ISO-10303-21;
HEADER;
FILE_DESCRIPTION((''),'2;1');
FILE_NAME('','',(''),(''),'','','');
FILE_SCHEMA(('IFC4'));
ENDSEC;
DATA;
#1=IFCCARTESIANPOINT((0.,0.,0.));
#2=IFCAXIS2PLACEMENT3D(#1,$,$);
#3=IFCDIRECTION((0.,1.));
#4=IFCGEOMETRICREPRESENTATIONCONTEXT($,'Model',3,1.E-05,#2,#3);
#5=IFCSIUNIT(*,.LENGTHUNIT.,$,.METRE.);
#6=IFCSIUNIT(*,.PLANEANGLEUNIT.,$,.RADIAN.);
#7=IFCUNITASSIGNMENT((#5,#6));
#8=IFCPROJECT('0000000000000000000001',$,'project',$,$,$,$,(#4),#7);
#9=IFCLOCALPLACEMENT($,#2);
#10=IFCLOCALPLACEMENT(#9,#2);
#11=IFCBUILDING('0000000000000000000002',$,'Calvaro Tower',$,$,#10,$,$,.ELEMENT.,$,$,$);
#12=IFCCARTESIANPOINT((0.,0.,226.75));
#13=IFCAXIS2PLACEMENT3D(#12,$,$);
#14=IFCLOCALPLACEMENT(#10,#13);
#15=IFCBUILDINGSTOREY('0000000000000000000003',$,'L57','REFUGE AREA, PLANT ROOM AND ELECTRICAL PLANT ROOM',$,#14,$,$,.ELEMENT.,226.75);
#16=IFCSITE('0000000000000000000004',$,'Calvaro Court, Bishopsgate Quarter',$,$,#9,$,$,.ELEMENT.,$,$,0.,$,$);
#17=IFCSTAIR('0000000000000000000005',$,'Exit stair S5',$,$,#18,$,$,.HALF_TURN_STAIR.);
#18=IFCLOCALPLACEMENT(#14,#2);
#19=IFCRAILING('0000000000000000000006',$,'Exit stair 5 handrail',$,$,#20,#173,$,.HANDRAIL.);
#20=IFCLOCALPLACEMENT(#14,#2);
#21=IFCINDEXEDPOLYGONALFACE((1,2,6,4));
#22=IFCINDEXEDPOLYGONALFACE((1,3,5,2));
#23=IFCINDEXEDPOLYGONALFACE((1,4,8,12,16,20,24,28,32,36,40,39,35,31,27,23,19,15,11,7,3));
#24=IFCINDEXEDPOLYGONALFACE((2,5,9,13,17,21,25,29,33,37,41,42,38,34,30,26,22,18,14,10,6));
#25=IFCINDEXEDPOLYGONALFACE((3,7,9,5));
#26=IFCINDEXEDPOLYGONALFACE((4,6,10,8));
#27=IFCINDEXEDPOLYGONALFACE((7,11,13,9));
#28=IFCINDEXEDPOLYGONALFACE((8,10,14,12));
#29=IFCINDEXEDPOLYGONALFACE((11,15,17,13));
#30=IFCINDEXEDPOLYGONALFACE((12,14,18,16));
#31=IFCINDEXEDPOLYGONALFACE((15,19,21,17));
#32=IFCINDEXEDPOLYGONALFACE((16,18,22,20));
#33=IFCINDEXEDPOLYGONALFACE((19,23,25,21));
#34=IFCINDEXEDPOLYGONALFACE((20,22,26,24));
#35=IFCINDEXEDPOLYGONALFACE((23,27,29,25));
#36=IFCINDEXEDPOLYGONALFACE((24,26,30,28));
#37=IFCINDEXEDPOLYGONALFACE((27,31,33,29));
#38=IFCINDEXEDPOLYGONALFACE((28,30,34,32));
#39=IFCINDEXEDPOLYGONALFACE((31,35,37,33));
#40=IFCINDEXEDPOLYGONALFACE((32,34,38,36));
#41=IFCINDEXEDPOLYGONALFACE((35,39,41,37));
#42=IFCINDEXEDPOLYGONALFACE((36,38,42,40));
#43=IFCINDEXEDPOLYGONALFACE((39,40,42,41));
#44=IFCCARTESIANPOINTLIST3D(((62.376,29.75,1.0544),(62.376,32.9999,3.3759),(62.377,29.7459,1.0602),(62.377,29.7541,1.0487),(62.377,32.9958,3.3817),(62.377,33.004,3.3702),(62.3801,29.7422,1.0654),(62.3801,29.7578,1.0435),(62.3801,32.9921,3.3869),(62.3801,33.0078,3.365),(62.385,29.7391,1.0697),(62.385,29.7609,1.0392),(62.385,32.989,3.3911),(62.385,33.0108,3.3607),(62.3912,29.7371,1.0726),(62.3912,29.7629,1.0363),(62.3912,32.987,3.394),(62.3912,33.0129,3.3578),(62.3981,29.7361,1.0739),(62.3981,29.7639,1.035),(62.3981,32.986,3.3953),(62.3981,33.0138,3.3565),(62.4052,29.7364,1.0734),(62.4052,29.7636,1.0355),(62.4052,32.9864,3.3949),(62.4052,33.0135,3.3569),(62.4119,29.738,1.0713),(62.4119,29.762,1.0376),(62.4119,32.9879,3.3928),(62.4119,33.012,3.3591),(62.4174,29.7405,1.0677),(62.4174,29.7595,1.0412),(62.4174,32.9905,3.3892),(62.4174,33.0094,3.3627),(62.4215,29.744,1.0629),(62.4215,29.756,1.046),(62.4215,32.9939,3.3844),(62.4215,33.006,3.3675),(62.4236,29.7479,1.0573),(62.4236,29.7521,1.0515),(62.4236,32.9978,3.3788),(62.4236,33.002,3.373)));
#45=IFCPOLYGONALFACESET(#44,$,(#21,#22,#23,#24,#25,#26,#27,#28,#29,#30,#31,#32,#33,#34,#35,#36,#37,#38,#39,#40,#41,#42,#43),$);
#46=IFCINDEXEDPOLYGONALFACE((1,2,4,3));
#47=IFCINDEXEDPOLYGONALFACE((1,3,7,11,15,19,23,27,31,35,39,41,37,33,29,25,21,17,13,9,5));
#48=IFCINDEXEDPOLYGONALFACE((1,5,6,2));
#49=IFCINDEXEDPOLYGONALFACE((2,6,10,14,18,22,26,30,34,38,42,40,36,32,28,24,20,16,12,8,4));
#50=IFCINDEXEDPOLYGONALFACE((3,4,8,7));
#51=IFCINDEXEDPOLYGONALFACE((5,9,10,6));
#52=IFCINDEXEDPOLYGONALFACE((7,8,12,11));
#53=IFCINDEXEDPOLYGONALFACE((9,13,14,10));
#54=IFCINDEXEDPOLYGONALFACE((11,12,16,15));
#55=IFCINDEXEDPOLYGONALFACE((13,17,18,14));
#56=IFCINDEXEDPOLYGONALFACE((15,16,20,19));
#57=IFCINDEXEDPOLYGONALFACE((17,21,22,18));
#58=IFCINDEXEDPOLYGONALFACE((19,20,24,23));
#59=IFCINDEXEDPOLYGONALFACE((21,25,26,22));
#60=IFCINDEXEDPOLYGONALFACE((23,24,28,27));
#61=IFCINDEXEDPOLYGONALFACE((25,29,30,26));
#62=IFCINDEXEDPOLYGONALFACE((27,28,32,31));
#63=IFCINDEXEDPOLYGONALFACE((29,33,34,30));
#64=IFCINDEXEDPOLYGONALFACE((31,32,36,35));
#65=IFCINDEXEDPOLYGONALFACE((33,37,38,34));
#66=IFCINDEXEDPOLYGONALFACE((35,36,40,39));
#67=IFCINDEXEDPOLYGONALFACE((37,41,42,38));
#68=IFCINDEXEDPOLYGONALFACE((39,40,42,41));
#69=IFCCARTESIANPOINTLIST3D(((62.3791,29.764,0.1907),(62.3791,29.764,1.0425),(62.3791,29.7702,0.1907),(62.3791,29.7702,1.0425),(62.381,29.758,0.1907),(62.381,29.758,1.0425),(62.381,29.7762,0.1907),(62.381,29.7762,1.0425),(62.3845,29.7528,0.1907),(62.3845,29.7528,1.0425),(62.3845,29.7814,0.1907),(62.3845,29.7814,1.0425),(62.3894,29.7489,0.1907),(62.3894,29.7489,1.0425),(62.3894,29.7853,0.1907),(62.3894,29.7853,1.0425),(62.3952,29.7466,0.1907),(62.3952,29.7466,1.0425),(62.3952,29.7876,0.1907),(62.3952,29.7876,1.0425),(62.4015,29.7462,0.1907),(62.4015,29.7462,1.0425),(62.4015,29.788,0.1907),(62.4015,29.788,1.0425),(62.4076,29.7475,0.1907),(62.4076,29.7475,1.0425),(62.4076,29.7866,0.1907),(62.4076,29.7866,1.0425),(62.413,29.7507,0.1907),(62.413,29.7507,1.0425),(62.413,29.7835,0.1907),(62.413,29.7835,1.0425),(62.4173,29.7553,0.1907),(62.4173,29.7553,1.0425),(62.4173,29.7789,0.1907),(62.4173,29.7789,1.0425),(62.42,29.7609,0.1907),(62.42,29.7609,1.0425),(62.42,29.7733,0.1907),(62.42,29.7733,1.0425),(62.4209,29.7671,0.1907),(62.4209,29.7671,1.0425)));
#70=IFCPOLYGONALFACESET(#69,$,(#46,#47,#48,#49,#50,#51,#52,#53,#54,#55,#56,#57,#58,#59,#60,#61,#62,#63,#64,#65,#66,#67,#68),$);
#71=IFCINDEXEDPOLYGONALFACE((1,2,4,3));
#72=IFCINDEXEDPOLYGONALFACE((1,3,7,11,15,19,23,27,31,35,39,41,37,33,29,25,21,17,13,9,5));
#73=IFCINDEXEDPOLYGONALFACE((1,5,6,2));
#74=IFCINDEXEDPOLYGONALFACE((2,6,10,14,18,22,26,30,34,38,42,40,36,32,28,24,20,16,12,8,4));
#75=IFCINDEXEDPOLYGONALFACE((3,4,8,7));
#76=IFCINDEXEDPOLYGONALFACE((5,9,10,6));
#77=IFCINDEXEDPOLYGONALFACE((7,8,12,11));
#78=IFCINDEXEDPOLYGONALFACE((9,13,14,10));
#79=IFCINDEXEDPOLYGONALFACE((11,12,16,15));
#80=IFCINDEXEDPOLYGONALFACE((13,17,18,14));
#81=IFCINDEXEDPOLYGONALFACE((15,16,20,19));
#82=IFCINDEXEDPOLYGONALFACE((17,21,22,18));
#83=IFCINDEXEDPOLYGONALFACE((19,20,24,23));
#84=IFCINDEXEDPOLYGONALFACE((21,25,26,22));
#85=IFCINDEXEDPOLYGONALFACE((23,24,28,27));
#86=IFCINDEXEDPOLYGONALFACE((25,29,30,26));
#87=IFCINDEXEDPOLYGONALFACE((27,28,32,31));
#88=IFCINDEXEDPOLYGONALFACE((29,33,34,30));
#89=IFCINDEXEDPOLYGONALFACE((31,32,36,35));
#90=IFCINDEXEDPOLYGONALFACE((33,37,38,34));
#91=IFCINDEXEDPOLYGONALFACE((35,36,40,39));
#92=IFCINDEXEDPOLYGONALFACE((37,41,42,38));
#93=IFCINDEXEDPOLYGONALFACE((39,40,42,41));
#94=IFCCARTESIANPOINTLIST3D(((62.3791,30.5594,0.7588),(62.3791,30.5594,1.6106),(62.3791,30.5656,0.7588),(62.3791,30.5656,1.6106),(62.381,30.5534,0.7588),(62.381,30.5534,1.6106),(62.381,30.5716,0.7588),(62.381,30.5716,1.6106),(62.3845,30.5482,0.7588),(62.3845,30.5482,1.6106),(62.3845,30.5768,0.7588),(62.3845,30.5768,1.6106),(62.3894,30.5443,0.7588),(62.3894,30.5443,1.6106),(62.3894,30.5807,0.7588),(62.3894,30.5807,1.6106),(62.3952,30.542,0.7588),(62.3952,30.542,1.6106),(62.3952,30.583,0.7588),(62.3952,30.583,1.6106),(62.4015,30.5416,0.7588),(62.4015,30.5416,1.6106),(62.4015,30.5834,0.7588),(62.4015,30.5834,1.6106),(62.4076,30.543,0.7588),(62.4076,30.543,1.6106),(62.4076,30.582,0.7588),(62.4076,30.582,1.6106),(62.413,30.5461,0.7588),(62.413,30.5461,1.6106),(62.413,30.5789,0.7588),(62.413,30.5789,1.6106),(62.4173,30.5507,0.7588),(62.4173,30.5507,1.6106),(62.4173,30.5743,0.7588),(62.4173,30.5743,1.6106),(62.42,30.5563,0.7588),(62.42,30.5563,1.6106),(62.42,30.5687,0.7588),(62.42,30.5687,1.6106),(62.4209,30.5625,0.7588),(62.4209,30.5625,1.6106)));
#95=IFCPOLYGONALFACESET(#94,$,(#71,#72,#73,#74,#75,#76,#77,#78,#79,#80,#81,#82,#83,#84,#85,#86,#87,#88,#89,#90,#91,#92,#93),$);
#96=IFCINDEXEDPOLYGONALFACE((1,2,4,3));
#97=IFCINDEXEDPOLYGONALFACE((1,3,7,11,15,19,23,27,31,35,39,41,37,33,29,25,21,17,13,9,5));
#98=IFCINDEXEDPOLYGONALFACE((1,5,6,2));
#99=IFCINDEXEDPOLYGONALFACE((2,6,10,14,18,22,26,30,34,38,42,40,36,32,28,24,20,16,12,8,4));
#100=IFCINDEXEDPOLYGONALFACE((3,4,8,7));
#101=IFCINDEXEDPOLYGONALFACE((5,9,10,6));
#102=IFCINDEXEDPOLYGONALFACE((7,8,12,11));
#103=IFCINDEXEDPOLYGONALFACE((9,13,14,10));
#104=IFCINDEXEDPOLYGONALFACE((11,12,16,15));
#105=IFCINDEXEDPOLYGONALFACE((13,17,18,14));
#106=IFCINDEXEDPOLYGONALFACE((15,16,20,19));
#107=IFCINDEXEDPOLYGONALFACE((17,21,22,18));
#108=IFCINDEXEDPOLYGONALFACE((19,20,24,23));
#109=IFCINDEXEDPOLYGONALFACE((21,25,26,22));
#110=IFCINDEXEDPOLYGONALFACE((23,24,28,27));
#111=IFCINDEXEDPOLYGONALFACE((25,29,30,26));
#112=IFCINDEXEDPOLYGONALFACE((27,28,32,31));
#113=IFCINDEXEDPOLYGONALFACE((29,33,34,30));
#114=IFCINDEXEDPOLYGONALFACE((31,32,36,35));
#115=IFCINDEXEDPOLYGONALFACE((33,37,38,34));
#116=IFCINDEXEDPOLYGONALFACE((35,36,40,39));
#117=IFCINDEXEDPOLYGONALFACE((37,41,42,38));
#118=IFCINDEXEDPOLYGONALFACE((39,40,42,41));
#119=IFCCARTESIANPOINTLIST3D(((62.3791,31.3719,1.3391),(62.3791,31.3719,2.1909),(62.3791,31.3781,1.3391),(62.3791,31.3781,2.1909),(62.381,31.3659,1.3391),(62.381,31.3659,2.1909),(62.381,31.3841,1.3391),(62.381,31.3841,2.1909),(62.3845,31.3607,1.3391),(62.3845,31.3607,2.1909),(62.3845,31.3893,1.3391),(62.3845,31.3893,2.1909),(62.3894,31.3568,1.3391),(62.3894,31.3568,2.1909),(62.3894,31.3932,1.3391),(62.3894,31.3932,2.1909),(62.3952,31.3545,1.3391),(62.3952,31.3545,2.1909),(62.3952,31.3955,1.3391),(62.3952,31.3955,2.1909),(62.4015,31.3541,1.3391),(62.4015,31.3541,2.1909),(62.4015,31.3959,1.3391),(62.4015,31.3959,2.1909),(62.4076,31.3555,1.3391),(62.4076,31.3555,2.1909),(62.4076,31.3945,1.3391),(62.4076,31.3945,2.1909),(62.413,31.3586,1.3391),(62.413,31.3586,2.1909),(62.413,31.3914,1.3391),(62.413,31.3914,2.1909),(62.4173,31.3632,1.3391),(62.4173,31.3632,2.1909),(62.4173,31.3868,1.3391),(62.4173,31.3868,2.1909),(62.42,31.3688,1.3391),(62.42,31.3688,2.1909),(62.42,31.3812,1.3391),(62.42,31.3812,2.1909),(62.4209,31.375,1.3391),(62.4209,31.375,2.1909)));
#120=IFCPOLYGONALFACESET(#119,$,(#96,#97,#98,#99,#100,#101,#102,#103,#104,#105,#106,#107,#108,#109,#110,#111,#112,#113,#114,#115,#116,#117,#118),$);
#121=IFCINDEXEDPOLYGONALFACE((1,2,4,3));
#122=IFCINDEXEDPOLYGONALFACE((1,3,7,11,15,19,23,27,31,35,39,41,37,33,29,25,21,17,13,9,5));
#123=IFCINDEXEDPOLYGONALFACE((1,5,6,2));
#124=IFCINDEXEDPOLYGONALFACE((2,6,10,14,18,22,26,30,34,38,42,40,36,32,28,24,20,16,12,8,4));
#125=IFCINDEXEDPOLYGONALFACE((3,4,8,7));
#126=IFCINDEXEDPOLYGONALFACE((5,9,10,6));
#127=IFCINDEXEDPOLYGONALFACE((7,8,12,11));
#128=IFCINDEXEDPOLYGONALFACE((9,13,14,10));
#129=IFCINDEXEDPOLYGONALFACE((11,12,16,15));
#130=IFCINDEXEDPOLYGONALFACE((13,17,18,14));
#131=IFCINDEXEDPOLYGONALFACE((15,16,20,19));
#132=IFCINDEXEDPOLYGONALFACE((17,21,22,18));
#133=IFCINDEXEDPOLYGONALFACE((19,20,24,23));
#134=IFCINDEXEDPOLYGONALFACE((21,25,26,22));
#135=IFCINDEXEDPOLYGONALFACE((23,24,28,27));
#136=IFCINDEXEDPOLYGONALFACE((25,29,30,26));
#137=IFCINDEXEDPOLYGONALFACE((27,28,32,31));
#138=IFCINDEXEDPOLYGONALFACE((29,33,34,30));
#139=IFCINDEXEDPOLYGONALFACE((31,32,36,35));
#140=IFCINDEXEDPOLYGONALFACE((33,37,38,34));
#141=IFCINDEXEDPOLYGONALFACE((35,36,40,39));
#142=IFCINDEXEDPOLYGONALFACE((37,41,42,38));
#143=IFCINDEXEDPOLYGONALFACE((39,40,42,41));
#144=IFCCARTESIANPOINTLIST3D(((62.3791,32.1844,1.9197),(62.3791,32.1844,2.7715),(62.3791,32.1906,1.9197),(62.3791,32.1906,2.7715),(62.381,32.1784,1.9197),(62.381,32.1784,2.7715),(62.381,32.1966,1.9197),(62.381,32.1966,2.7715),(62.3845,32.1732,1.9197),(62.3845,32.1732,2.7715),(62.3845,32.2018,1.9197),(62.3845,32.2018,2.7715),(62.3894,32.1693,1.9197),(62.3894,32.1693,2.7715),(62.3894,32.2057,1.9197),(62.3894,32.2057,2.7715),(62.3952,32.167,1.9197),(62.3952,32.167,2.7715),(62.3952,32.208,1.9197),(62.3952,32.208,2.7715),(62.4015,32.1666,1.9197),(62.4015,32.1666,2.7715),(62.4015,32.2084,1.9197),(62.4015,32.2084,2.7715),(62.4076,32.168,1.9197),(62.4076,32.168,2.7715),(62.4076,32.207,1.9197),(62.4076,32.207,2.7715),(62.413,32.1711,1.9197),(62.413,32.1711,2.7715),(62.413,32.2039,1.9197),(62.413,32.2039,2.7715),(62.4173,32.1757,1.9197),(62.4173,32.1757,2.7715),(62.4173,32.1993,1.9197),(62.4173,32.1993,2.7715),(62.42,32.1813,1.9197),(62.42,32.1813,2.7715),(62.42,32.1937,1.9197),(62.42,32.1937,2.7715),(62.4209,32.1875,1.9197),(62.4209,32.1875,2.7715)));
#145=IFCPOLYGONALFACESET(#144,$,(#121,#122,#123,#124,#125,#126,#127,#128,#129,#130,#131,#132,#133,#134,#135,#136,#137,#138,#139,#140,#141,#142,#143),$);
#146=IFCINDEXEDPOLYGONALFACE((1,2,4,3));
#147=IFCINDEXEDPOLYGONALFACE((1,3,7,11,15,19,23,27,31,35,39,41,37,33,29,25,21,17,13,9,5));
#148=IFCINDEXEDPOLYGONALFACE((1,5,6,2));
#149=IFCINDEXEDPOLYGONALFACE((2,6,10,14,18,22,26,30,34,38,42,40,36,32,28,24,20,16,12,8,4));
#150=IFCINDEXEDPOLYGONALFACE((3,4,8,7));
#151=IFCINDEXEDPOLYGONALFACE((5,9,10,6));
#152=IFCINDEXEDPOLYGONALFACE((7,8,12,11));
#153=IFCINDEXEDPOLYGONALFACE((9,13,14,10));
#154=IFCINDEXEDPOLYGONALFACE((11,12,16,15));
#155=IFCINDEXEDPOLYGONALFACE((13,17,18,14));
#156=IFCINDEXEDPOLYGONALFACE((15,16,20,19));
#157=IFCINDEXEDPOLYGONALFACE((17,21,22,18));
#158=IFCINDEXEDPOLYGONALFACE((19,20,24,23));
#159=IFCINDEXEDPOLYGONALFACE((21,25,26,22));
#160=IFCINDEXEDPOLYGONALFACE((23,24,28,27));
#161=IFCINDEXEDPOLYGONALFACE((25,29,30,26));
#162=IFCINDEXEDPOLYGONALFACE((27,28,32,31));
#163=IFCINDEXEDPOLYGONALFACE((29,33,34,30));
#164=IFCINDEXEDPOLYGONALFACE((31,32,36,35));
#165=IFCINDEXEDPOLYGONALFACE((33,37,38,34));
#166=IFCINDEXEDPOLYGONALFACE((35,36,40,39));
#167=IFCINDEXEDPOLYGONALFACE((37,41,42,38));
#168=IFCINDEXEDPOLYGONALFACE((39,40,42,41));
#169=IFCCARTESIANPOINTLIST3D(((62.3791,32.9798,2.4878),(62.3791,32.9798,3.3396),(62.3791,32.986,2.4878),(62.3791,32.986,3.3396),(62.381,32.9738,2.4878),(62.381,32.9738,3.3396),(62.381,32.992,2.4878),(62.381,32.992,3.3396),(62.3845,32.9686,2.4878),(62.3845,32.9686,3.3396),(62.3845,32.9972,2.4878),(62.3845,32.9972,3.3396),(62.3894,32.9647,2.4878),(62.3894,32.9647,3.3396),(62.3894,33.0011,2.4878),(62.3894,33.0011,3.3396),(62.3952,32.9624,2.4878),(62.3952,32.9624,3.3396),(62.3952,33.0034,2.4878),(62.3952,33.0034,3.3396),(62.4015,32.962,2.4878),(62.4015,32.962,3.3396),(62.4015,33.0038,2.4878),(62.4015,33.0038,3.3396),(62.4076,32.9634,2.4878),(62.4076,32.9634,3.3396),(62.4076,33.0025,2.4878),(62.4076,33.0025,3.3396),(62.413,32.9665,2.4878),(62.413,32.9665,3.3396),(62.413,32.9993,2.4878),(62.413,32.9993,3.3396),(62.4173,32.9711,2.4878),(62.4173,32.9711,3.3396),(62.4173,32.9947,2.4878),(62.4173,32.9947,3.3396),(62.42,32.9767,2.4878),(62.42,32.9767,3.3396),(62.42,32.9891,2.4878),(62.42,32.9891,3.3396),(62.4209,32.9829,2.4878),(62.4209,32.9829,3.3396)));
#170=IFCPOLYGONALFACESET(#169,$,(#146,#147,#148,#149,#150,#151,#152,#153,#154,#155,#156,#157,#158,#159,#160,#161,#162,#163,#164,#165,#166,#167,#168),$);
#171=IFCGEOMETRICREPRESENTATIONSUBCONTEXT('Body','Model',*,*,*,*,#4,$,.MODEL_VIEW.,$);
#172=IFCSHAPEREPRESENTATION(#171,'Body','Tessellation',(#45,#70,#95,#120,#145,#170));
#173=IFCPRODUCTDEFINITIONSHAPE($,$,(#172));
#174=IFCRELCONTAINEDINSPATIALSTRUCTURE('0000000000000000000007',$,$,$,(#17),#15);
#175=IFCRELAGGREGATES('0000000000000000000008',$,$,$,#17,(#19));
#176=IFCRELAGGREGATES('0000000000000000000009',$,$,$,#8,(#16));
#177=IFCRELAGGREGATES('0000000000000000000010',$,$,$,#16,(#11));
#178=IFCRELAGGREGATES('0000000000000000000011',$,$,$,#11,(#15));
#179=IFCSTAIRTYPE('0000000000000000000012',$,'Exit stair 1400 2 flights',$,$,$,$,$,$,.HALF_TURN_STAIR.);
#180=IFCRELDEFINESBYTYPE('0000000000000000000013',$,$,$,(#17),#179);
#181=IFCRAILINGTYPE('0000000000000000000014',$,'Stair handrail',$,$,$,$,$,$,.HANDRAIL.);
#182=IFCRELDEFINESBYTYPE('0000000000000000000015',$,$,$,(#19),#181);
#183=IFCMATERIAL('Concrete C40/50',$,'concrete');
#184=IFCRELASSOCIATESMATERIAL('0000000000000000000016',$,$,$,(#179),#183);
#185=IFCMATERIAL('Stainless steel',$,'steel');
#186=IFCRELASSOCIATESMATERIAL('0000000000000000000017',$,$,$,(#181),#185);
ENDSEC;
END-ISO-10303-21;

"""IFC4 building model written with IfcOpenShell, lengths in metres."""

from ifc_helpers import new_model, si_unit, direction, frame, origin, origin_2d, place, context, subcontext, project, spatial, circle, extrude, material, type_object, element, aggregate, save


model = new_model("IFC4")

# Units and contexts
model_context = context("Model", 3, precision=1e-05, world=origin(), true_north=direction((0.0, 1.0)))
body_context = subcontext(model_context, "Body", "Model", "MODEL_VIEW")
ifc_project = project(units=[si_unit("LENGTHUNIT", "METRE"), si_unit("PLANEANGLEUNIT", "RADIAN")], contexts=[model_context])

# Site, building, storey
site_placement = place(None, origin())
site = spatial("IfcSite", under=ifc_project, at=site_placement, Name="Calvaro Court, Bishopsgate Quarter", CompositionType="ELEMENT", RefElevation=0.0)
building_placement = place(site_placement, origin())
building = spatial("IfcBuilding", under=site, at=building_placement, Name="Calvaro Tower", CompositionType="ELEMENT")
storey_placement = place(building_placement, frame((0.0, 0.0, 226.75)))
storey = spatial("IfcBuildingStorey", under=building, at=storey_placement, Name="L57", Description="REFUGE AREA, PLANT ROOM AND ELECTRICAL PLANT ROOM", CompositionType="ELEMENT", Elevation=226.75)

# Stair
ifc_material_1 = material(Name="Concrete C40/50", Category="concrete")
stair_type = type_object("IfcStairType", Name="Exit stair 1400 2 flights", PredefinedType="HALF_TURN_STAIR", material=ifc_material_1)
stair_placement = place(storey_placement, origin())
stair = element("IfcStair", 1, at=stair_placement, inside=storey, type_object=stair_type, Name="Exit stair S5", PredefinedType="HALF_TURN_STAIR")

# Railing
ifc_material_2 = material(Name="Stainless steel", Category="steel")
railing_type = type_object("IfcRailingType", Name="Stair handrail", PredefinedType="HANDRAIL", material=ifc_material_2)
railing_1_placement = place(storey_placement, frame((62.3999, 29.75, 0.1785)))
railing_1 = element("IfcRailing", 2, at=railing_1_placement, type_object=railing_type, Name="Exit stair 5 handrail", PredefinedType="HANDRAIL", context=body_context, shape_type="SweptSolid", body=[
    extrude(circle(Radius=0.0239, at=origin_2d()), frame((0.0, 0.0, 0.876), z_axis=(0.0, 0.813721, 0.581256), x_axis=(-1.0, 0.0, 0.0)), (0.0, 0.0, 1.0), 3.9939),
    extrude(circle(Radius=0.021, at=origin_2d()), frame((0.0, 0.0171, 0.0122)), (0.0, 0.0, 1.0), 0.8518),
    extrude(circle(Radius=0.021, at=origin_2d()), frame((0.0, 0.8125, 0.5803)), (0.0, 0.0, 1.0), 0.8518),
    extrude(circle(Radius=0.021, at=origin_2d()), frame((0.0, 1.625, 1.1606)), (0.0, 0.0, 1.0), 0.8518),
    extrude(circle(Radius=0.021, at=origin_2d()), frame((0.0, 2.4375, 1.7412)), (0.0, 0.0, 1.0), 0.8518),
    extrude(circle(Radius=0.021, at=origin_2d()), frame((0.0, 3.2329, 2.3093)), (0.0, 0.0, 1.0), 0.8518),
])
aggregate(stair, [railing_1])

save(model, "model.ifc")
